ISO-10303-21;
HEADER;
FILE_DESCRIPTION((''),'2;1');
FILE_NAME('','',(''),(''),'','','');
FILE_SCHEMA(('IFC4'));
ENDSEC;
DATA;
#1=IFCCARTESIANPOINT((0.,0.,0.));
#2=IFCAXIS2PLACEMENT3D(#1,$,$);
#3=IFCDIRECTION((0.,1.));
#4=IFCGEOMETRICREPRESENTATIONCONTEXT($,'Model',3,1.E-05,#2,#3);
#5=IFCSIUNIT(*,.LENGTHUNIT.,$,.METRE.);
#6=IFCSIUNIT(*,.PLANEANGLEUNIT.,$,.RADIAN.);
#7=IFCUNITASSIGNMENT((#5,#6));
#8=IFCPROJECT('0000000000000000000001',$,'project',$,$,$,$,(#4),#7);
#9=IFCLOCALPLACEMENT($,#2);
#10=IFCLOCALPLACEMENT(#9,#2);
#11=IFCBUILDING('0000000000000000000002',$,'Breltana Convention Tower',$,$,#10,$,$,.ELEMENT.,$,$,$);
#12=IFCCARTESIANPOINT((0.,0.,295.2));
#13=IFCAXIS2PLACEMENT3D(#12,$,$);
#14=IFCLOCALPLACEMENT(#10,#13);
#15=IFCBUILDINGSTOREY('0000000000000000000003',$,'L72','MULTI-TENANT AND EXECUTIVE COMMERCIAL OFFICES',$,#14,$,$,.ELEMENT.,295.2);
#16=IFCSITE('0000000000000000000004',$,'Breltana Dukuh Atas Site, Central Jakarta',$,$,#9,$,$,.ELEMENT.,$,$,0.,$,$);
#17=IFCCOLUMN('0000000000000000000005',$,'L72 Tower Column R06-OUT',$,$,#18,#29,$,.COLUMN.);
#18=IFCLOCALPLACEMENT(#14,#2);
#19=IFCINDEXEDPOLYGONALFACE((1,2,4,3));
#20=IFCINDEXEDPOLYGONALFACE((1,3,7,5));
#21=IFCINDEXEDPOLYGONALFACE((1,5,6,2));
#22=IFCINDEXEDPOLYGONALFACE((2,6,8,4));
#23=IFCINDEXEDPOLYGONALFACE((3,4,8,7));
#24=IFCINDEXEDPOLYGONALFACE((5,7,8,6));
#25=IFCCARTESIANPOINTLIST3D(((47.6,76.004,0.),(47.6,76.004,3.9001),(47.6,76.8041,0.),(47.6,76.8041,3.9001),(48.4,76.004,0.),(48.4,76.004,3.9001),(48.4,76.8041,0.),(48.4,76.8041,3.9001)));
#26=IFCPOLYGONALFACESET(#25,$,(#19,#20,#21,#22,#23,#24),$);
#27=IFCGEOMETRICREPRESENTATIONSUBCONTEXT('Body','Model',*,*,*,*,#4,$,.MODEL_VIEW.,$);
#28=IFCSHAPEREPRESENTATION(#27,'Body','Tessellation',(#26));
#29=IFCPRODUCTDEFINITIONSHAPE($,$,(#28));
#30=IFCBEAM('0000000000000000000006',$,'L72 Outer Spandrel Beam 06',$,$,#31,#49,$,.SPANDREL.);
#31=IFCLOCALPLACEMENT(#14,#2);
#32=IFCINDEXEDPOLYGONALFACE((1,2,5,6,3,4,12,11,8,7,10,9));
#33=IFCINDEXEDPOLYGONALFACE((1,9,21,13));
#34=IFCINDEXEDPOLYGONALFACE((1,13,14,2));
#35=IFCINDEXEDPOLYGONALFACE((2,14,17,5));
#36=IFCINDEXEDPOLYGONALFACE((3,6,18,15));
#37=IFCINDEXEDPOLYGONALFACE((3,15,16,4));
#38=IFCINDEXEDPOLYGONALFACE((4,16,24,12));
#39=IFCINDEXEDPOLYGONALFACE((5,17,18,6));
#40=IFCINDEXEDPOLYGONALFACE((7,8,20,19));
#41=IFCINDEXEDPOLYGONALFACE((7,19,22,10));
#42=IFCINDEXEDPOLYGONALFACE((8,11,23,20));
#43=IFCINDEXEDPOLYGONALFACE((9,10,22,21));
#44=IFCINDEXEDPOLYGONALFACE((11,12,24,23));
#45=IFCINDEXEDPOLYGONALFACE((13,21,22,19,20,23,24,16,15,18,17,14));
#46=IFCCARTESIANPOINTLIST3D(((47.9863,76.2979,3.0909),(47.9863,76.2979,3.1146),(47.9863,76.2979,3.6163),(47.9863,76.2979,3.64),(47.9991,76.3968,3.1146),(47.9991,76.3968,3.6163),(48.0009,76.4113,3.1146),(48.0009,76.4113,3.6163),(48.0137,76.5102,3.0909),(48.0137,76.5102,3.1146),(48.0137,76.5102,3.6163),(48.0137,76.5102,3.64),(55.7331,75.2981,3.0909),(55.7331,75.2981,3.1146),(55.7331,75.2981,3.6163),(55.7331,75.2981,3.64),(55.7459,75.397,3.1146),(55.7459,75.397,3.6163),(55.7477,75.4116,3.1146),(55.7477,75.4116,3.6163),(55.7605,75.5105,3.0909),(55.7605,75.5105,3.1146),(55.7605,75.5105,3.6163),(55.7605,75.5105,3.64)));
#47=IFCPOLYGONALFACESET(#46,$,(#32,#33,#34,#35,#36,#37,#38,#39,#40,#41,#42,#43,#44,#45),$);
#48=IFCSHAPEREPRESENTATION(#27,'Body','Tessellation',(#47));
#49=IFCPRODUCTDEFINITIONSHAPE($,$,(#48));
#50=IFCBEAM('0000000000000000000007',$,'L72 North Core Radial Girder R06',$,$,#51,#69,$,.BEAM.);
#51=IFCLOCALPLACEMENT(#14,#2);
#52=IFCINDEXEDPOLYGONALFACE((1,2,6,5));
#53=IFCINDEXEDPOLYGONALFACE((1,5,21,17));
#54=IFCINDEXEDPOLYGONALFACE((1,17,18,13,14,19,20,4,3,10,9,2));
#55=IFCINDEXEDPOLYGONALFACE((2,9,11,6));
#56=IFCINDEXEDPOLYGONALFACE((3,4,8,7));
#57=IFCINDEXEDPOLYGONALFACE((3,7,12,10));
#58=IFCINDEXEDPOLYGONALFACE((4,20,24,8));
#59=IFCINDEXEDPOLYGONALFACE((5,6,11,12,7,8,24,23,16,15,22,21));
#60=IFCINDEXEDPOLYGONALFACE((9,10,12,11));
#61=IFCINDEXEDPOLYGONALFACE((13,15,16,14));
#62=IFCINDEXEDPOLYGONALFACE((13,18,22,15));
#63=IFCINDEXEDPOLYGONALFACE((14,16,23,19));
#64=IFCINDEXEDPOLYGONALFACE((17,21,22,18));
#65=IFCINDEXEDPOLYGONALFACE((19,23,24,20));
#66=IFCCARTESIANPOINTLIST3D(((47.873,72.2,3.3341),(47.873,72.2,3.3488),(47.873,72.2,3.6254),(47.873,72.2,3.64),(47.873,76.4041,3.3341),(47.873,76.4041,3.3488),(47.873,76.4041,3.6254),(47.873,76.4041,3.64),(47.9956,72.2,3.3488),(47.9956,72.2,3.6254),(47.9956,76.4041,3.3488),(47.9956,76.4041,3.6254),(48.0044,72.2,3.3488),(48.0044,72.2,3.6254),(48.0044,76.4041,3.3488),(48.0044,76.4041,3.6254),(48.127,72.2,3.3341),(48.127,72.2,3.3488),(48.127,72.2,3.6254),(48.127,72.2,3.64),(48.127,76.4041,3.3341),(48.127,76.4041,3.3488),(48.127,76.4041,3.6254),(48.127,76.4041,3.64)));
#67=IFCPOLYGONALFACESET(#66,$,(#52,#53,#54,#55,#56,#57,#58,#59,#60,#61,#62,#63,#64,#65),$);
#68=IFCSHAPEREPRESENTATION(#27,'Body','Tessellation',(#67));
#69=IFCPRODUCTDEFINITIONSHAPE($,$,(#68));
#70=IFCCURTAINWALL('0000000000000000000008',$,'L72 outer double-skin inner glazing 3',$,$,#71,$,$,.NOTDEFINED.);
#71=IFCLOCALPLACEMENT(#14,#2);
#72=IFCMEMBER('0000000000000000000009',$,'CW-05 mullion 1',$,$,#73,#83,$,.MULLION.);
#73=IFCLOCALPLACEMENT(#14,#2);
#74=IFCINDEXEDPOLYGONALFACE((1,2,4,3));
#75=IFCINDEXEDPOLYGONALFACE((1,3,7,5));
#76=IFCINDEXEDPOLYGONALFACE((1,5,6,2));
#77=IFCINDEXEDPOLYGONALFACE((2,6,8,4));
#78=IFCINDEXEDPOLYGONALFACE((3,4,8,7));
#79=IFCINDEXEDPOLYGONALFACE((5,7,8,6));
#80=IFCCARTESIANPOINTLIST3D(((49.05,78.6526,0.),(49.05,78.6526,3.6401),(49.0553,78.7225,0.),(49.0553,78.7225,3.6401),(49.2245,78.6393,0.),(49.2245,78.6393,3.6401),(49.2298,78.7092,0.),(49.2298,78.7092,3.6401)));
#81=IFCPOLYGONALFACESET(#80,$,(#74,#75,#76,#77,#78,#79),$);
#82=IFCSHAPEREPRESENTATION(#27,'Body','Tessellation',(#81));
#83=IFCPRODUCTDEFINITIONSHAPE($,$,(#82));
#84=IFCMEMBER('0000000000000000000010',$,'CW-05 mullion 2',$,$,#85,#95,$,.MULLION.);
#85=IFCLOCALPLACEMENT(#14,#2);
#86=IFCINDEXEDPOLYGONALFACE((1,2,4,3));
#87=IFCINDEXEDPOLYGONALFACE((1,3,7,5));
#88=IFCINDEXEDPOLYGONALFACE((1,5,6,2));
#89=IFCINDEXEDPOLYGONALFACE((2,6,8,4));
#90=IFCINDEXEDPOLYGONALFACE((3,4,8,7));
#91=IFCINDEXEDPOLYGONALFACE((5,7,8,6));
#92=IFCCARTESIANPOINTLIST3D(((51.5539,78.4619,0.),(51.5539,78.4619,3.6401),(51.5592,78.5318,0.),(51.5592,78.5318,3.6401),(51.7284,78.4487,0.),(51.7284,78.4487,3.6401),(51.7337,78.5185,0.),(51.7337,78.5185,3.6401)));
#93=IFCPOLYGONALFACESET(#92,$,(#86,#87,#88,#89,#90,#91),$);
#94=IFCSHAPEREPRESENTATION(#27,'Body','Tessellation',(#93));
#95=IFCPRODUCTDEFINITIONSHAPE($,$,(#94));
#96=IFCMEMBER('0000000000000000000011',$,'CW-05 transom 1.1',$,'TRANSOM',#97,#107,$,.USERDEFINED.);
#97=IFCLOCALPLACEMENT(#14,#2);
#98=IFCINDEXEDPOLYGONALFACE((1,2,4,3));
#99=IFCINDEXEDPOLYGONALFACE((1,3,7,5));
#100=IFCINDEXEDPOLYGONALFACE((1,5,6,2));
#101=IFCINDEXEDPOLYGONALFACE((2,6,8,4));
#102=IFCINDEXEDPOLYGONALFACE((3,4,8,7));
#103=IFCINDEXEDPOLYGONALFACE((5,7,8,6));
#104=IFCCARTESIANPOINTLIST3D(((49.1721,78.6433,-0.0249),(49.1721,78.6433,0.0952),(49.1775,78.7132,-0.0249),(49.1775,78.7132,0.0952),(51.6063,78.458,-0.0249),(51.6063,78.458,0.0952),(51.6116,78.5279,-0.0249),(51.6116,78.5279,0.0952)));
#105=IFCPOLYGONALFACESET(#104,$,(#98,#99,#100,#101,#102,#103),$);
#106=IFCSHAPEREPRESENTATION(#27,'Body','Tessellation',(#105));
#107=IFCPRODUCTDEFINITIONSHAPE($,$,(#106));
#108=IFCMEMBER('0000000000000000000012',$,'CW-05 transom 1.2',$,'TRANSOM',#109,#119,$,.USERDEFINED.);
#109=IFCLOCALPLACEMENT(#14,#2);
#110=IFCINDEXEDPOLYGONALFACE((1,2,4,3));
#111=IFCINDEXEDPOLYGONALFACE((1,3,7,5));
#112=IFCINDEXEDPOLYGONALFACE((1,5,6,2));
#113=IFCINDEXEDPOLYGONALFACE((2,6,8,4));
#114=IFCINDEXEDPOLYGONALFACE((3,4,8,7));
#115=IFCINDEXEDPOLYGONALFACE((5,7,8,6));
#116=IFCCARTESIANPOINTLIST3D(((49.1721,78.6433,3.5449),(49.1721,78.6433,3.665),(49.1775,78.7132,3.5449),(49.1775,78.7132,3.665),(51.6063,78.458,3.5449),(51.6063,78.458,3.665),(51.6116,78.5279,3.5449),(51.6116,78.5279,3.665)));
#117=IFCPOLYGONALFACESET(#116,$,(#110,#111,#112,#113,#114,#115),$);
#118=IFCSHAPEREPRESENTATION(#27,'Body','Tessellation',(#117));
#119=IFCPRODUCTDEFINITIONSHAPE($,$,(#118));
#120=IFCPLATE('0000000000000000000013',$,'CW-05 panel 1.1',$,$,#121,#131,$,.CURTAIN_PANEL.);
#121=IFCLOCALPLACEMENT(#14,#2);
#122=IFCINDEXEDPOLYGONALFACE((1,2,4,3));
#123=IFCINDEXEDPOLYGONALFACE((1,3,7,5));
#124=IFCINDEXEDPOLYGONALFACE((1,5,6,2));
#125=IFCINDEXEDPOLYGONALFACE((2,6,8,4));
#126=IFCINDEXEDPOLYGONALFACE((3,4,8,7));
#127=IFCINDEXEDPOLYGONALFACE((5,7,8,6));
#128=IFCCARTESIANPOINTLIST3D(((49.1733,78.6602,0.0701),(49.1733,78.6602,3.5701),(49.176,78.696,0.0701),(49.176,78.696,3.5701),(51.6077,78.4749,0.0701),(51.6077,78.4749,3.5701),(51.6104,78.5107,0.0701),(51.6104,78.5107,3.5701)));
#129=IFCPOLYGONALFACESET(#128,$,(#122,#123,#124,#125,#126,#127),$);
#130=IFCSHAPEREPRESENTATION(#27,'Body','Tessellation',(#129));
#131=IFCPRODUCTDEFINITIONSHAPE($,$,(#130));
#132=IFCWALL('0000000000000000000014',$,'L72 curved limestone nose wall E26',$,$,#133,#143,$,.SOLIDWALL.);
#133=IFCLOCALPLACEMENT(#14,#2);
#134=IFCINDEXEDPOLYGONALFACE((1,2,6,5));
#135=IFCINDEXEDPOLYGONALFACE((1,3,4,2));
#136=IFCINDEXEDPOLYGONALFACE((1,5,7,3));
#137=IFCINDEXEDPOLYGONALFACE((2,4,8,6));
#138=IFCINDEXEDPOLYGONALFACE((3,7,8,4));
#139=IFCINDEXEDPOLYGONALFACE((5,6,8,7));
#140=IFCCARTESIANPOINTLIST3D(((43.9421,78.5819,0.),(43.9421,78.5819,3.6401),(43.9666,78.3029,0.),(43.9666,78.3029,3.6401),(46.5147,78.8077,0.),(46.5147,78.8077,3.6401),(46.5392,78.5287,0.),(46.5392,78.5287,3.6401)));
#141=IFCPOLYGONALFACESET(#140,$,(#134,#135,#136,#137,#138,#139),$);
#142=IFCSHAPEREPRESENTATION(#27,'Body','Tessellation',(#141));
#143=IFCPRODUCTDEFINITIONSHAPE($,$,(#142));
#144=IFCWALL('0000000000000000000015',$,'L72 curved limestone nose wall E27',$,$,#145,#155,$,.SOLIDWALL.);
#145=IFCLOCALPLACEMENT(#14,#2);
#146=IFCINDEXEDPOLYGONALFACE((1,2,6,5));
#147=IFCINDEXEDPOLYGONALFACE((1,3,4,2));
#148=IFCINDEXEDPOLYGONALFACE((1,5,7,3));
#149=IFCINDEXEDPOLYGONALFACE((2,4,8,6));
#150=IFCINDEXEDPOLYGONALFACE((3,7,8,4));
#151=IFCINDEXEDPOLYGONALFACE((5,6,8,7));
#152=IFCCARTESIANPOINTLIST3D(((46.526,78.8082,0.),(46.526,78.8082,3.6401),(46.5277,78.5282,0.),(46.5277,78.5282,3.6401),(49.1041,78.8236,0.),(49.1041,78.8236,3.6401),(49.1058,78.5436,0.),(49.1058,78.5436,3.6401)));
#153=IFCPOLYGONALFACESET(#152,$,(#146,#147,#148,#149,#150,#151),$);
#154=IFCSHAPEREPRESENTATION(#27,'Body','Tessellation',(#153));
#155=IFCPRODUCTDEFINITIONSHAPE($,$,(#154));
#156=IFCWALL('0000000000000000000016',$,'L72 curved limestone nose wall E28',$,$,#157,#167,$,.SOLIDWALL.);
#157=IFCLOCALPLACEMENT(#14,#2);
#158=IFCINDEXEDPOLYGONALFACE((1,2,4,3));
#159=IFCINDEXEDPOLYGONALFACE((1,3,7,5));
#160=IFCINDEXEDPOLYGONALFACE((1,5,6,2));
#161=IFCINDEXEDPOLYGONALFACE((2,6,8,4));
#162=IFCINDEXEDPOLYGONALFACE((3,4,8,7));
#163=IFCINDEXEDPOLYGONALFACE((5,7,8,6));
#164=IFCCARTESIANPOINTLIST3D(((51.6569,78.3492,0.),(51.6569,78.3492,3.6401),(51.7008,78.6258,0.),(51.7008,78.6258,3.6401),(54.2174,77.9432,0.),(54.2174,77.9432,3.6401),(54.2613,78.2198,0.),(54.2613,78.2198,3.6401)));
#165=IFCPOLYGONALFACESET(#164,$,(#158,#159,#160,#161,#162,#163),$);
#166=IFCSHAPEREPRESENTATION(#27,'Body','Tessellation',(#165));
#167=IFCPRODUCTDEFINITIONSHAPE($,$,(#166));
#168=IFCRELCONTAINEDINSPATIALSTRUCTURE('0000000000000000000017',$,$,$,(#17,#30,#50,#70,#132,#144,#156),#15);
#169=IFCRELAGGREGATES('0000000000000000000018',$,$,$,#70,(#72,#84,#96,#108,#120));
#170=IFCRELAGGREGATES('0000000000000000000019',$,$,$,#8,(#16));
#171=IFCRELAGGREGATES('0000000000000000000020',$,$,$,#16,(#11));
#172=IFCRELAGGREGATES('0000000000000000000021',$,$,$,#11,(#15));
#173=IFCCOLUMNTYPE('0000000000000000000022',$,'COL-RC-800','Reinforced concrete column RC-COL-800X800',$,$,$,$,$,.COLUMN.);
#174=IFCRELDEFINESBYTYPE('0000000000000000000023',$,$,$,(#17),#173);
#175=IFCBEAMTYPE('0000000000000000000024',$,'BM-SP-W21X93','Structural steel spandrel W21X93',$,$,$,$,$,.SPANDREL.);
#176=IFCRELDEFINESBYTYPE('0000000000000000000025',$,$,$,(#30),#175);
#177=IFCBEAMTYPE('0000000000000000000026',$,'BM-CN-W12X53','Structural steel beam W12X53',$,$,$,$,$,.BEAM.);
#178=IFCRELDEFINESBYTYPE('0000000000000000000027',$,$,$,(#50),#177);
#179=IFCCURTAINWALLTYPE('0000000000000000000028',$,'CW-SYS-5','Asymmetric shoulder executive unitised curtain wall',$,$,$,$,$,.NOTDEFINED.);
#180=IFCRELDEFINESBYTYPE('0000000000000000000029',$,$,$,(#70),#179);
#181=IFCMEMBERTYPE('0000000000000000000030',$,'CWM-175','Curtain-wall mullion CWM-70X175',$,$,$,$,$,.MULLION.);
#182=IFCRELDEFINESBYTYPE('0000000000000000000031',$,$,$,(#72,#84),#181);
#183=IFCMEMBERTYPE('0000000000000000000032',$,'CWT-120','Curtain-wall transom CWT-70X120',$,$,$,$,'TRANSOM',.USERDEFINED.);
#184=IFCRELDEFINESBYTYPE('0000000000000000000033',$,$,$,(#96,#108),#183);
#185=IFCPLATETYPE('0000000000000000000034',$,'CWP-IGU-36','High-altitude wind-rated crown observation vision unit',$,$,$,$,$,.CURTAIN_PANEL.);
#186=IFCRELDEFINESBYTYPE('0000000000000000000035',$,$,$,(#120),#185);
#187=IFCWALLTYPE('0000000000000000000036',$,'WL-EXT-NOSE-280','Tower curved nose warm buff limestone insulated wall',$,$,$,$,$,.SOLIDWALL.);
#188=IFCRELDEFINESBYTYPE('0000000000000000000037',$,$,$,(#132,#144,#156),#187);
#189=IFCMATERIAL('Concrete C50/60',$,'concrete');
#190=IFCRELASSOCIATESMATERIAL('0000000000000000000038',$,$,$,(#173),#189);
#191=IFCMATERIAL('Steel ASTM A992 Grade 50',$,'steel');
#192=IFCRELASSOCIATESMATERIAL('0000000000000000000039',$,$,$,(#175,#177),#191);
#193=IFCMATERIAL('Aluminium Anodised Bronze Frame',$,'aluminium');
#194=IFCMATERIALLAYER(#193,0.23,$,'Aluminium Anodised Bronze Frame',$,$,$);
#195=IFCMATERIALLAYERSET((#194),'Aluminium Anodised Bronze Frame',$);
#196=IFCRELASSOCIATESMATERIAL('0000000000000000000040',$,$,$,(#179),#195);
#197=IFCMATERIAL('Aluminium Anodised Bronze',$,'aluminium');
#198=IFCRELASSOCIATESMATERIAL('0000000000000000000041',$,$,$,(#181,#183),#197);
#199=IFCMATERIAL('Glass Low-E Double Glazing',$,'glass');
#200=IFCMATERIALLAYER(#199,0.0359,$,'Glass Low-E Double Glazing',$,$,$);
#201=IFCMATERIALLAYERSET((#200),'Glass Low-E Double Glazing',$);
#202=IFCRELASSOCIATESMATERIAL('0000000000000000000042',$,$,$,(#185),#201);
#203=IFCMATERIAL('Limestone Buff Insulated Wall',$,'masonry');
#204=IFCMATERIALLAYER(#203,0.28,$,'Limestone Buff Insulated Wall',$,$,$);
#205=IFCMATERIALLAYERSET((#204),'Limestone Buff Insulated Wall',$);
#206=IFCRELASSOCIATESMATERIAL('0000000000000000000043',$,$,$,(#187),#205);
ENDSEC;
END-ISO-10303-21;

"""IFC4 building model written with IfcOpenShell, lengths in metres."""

from ifc_helpers import new_model, si_unit, direction, frame, frame_2d, origin, origin_2d, place, context, subcontext, project, spatial, rectangle, i_section, extrude, source, transform, mapped, material, layer, layer_set, material_profile, profile_set, type_object, element, aggregate, save


model = new_model("IFC4")

# Units and contexts
model_context = context("Model", 3, precision=1e-05, world=origin(), true_north=direction((0.0, 1.0)))
body_context = subcontext(model_context, "Body", "Model", "MODEL_VIEW")
ifc_project = project(units=[si_unit("LENGTHUNIT", "METRE"), si_unit("PLANEANGLEUNIT", "RADIAN")], contexts=[model_context])

# Site, building, storey
site_placement = place(None, origin())
site = spatial("IfcSite", under=ifc_project, at=site_placement, Name="Breltana Dukuh Atas Site, Central Jakarta", CompositionType="ELEMENT", RefElevation=0.0)
building_placement = place(site_placement, origin())
building = spatial("IfcBuilding", under=site, at=building_placement, Name="Breltana Convention Tower", CompositionType="ELEMENT")
storey_placement = place(building_placement, frame((0.0, 0.0, 295.2)))
storey = spatial("IfcBuildingStorey", under=building, at=storey_placement, Name="L72", Description="MULTI-TENANT AND EXECUTIVE COMMERCIAL OFFICES", CompositionType="ELEMENT", Elevation=295.2)

# Column
ifc_material_1 = material(Name="Concrete C50/60", Category="concrete")
ifc_material_profile_1 = material_profile(ifc_material_1, rectangle(XDim=0.8, YDim=0.8, at=origin_2d()), Name="RC-COL-800X800")
ifc_profile_set_1 = profile_set([ifc_material_profile_1], Name="Concrete C50/60")
column_type = type_object("IfcColumnType", Name="COL-RC-800", Description="Reinforced concrete column RC-COL-800X800", PredefinedType="COLUMN", material=ifc_profile_set_1)
shared_shape_1 = source(origin(), body_context, "Body", "SweptSolid", [
    extrude(rectangle(XDim=0.8, YDim=0.8, at=origin_2d()), origin(), (0.0, 0.0, 1.0), 3.9001),
])
column_placement = place(storey_placement, frame((48.0, 76.4041, 0.0), z_axis=(0.0, 0.0, 1.0), x_axis=(0.0, 1.0, 0.0)))
element("IfcColumn", 1, at=column_placement, inside=storey, type_object=column_type, Name="L72 Tower Column R06-OUT", PredefinedType="COLUMN", context=body_context, shape_type="MappedRepresentation", body=[
    mapped(shared_shape_1, transform((0.0, 0.0, 0.0), scale=1.0)),
])

# Beams
ifc_material_2 = material(Name="Steel ASTM A992 Grade 50", Category="steel")
ifc_material_profile_2 = material_profile(ifc_material_2, i_section(OverallWidth=0.2141, OverallDepth=0.5491, WebThickness=0.0146, FlangeThickness=0.0237, at=origin_2d()), Name="W21X93")
ifc_profile_set_2 = profile_set([ifc_material_profile_2], Name="Steel ASTM A992 Grade 50")
beam_type_1 = type_object("IfcBeamType", Name="BM-SP-W21X93", Description="Structural steel spandrel W21X93", PredefinedType="SPANDREL", material=ifc_profile_set_2)
shared_shape_2 = source(origin(), body_context, "Body", "SweptSolid", [
    extrude(i_section(OverallWidth=0.2141, OverallDepth=0.5491, WebThickness=0.0146, FlangeThickness=0.0237, at=origin_2d()), origin(), (0.0, 0.0, 1.0), 7.811),
])
beam_1_placement = place(storey_placement, frame((48.0, 76.4041, 3.3655), z_axis=(0.991775, -0.127992, 0.0), x_axis=(0.127992, 0.991775, 0.0)))
element("IfcBeam", 2, at=beam_1_placement, inside=storey, type_object=beam_type_1, Name="L72 Outer Spandrel Beam 06", PredefinedType="SPANDREL", context=body_context, shape_type="MappedRepresentation", body=[
    mapped(shared_shape_2, transform((0.0, 0.0, 0.0), scale=1.0)),
])
ifc_material_profile_3 = material_profile(ifc_material_2, i_section(OverallWidth=0.2539, OverallDepth=0.3059, WebThickness=0.0088, FlangeThickness=0.0146, at=origin_2d()), Name="W12X53")
ifc_profile_set_3 = profile_set([ifc_material_profile_3], Name="Steel ASTM A992 Grade 50")
beam_type_2 = type_object("IfcBeamType", Name="BM-CN-W12X53", Description="Structural steel beam W12X53", PredefinedType="BEAM", material=ifc_profile_set_3)
shared_shape_3 = source(origin(), body_context, "Body", "SweptSolid", [
    extrude(i_section(OverallWidth=0.2539, OverallDepth=0.3059, WebThickness=0.0088, FlangeThickness=0.0146, at=origin_2d()), origin(), (0.0, 0.0, 1.0), 4.2041),
])
beam_2_placement = place(storey_placement, frame((48.0, 72.2, 3.4871), z_axis=(0.0, 1.0, 0.0), x_axis=(-1.0, 0.0, 0.0)))
element("IfcBeam", 3, at=beam_2_placement, inside=storey, type_object=beam_type_2, Name="L72 North Core Radial Girder R06", PredefinedType="BEAM", context=body_context, shape_type="MappedRepresentation", body=[
    mapped(shared_shape_3, transform((0.0, 0.0, 0.0), scale=1.0)),
])

# Curtain wall, members, plate
ifc_material_3 = material(Name="Aluminium Anodised Bronze Frame", Category="aluminium")
ifc_layer_1 = layer(ifc_material_3, 0.23, Name="Aluminium Anodised Bronze Frame")
ifc_layer_set_1 = layer_set([ifc_layer_1], Name="Aluminium Anodised Bronze Frame")
curtain_wall_type = type_object("IfcCurtainWallType", Name="CW-SYS-5", Description="Asymmetric shoulder executive unitised curtain wall", PredefinedType="NOTDEFINED", material=ifc_layer_set_1)
curtain_wall_placement = place(storey_placement, origin())
curtain_wall = element("IfcCurtainWall", 4, at=curtain_wall_placement, inside=storey, type_object=curtain_wall_type, Name="L72 outer double-skin inner glazing 3", PredefinedType="NOTDEFINED")
ifc_material_4 = material(Name="Aluminium Anodised Bronze", Category="aluminium")
ifc_material_profile_4 = material_profile(ifc_material_4, rectangle(XDim=0.0701, YDim=0.175, at=origin_2d()), Name="CWM-70X175")
ifc_profile_set_4 = profile_set([ifc_material_profile_4], Name="Aluminium Anodised Bronze")
member_type_1 = type_object("IfcMemberType", Name="CWM-175", Description="Curtain-wall mullion CWM-70X175", PredefinedType="MULLION", material=ifc_profile_set_4)
shared_shape_4 = source(origin(), body_context, "Body", "SweptSolid", [
    extrude(rectangle(XDim=0.0701, YDim=0.175, at=origin_2d()), origin(), (0.0, 0.0, 1.0), 3.6401),
])
member_1_placement = place(storey_placement, frame((49.1399, 78.6809, 0.0), z_axis=(0.0, 0.0, 1.0), x_axis=(0.075891, 0.997116, 0.0)))
member_1 = element("IfcMember", 5, at=member_1_placement, type_object=member_type_1, Name="CW-05 mullion 1", PredefinedType="MULLION", context=body_context, shape_type="MappedRepresentation", body=[
    mapped(shared_shape_4, transform((0.0, 0.0, 0.0), scale=1.0)),
])
member_2_placement = place(storey_placement, frame((51.6438, 78.4902, 0.0), z_axis=(0.0, 0.0, 1.0), x_axis=(0.075891, 0.997116, 0.0)))
member_2 = element("IfcMember", 6, at=member_2_placement, type_object=member_type_1, Name="CW-05 mullion 2", PredefinedType="MULLION", context=body_context, shape_type="MappedRepresentation", body=[
    mapped(shared_shape_4, transform((0.0, 0.0, 0.0), scale=1.0)),
])
ifc_material_profile_5 = material_profile(ifc_material_4, rectangle(XDim=0.0701, YDim=0.1201, at=origin_2d()), Name="CWT-70X120")
ifc_profile_set_5 = profile_set([ifc_material_profile_5], Name="Aluminium Anodised Bronze")
member_type_2 = type_object("IfcMemberType", Name="CWT-120", Description="Curtain-wall transom CWT-70X120", ElementType="TRANSOM", PredefinedType="USERDEFINED", material=ifc_profile_set_5)
shared_shape_5 = source(origin(), body_context, "Body", "SweptSolid", [
    extrude(rectangle(XDim=0.0701, YDim=0.1201, at=origin_2d()), origin(), (0.0, 0.0, 1.0), 2.4412),
])
member_3_placement = place(storey_placement, frame((49.1748, 78.6782, 0.0352), z_axis=(0.997115, -0.075909, 0.0), x_axis=(0.075909, 0.997115, 0.0)))
member_3 = element("IfcMember", 7, at=member_3_placement, type_object=member_type_2, Name="CW-05 transom 1.1", ObjectType="TRANSOM", PredefinedType="USERDEFINED", context=body_context, shape_type="MappedRepresentation", body=[
    mapped(shared_shape_5, transform((0.0, 0.0, 0.0), scale=1.0)),
])
member_4_placement = place(storey_placement, frame((49.1748, 78.6782, 3.605), z_axis=(0.997115, -0.075909, 0.0), x_axis=(0.075909, 0.997115, 0.0)))
member_4 = element("IfcMember", 8, at=member_4_placement, type_object=member_type_2, Name="CW-05 transom 1.2", ObjectType="TRANSOM", PredefinedType="USERDEFINED", context=body_context, shape_type="MappedRepresentation", body=[
    mapped(shared_shape_5, transform((0.0, 0.0, 0.0), scale=1.0)),
])
ifc_material_5 = material(Name="Glass Low-E Double Glazing", Category="glass")
ifc_layer_2 = layer(ifc_material_5, 0.0359, Name="Glass Low-E Double Glazing")
ifc_layer_set_2 = layer_set([ifc_layer_2], Name="Glass Low-E Double Glazing")
plate_type = type_object("IfcPlateType", Name="CWP-IGU-36", Description="High-altitude wind-rated crown observation vision unit", PredefinedType="CURTAIN_PANEL", material=ifc_layer_set_2)
shared_shape_6 = source(origin(), body_context, "Body", "SweptSolid", [
    extrude(rectangle(XDim=2.4414, YDim=0.0359, at=origin_2d()), origin(), (0.0, 0.0, 1.0), 3.5),
])
plate_placement = place(storey_placement, frame((50.3918, 78.5854, 0.0701), z_axis=(0.0, 0.0, 1.0), x_axis=(0.997116, -0.075891, 0.0)))
plate = element("IfcPlate", 9, at=plate_placement, type_object=plate_type, Name="CW-05 panel 1.1", PredefinedType="CURTAIN_PANEL", context=body_context, shape_type="MappedRepresentation", body=[
    mapped(shared_shape_6, transform((0.0, 0.0, 0.0), scale=1.0)),
])
aggregate(curtain_wall, [member_1, member_2, member_3, member_4, plate])

# Walls
ifc_material_6 = material(Name="Limestone Buff Insulated Wall", Category="masonry")
ifc_layer_3 = layer(ifc_material_6, 0.28, Name="Limestone Buff Insulated Wall")
ifc_layer_set_3 = layer_set([ifc_layer_3], Name="Limestone Buff Insulated Wall")
wall_type_1 = type_object("IfcWallType", Name="WL-EXT-NOSE-280", Description="Tower curved nose warm buff limestone insulated wall", PredefinedType="SOLIDWALL", material=ifc_layer_set_3)
shared_shape_7 = source(origin(), body_context, "Body", "SweptSolid", [
    extrude(rectangle(XDim=2.5825, YDim=0.28, at=frame_2d((1.2913, 0.0))), origin(), (0.0, 0.0, 1.0), 3.6401),
])
wall_1_placement = place(storey_placement, frame((43.9543, 78.4424, 0.0), z_axis=(0.0, 0.0, 1.0), x_axis=(0.996169, 0.08745, 0.0)))
element("IfcWall", 10, at=wall_1_placement, inside=storey, type_object=wall_type_1, Name="L72 curved limestone nose wall E26", PredefinedType="SOLIDWALL", context=body_context, shape_type="MappedRepresentation", body=[
    mapped(shared_shape_7, transform((0.0, 0.0, 0.0), scale=1.0)),
])
shared_shape_8 = source(origin(), body_context, "Body", "SweptSolid", [
    extrude(rectangle(XDim=2.5781, YDim=0.28, at=frame_2d((1.2891, 0.0))), origin(), (0.0, 0.0, 1.0), 3.6401),
])
wall_2_placement = place(storey_placement, frame((46.5269, 78.6682, 0.0), z_axis=(0.0, 0.0, 1.0), x_axis=(0.999982, 0.005966, 0.0)))
element("IfcWall", 11, at=wall_2_placement, inside=storey, type_object=wall_type_1, Name="L72 curved limestone nose wall E27", PredefinedType="SOLIDWALL", context=body_context, shape_type="MappedRepresentation", body=[
    mapped(shared_shape_8, transform((0.0, 0.0, 0.0), scale=1.0)),
])
shared_shape_9 = source(origin(), body_context, "Body", "SweptSolid", [
    extrude(rectangle(XDim=2.5925, YDim=0.28, at=frame_2d((1.2964, 0.0))), origin(), (0.0, 0.0, 1.0), 3.6401),
])
wall_3_placement = place(storey_placement, frame((51.6787, 78.4875, 0.0), z_axis=(0.0, 0.0, 1.0), x_axis=(0.987661, -0.156606, 0.0)))
element("IfcWall", 12, at=wall_3_placement, inside=storey, type_object=wall_type_1, Name="L72 curved limestone nose wall E28", PredefinedType="SOLIDWALL", context=body_context, shape_type="MappedRepresentation", body=[
    mapped(shared_shape_9, transform((0.0, 0.0, 0.0), scale=1.0)),
])

save(model, "model.ifc")
